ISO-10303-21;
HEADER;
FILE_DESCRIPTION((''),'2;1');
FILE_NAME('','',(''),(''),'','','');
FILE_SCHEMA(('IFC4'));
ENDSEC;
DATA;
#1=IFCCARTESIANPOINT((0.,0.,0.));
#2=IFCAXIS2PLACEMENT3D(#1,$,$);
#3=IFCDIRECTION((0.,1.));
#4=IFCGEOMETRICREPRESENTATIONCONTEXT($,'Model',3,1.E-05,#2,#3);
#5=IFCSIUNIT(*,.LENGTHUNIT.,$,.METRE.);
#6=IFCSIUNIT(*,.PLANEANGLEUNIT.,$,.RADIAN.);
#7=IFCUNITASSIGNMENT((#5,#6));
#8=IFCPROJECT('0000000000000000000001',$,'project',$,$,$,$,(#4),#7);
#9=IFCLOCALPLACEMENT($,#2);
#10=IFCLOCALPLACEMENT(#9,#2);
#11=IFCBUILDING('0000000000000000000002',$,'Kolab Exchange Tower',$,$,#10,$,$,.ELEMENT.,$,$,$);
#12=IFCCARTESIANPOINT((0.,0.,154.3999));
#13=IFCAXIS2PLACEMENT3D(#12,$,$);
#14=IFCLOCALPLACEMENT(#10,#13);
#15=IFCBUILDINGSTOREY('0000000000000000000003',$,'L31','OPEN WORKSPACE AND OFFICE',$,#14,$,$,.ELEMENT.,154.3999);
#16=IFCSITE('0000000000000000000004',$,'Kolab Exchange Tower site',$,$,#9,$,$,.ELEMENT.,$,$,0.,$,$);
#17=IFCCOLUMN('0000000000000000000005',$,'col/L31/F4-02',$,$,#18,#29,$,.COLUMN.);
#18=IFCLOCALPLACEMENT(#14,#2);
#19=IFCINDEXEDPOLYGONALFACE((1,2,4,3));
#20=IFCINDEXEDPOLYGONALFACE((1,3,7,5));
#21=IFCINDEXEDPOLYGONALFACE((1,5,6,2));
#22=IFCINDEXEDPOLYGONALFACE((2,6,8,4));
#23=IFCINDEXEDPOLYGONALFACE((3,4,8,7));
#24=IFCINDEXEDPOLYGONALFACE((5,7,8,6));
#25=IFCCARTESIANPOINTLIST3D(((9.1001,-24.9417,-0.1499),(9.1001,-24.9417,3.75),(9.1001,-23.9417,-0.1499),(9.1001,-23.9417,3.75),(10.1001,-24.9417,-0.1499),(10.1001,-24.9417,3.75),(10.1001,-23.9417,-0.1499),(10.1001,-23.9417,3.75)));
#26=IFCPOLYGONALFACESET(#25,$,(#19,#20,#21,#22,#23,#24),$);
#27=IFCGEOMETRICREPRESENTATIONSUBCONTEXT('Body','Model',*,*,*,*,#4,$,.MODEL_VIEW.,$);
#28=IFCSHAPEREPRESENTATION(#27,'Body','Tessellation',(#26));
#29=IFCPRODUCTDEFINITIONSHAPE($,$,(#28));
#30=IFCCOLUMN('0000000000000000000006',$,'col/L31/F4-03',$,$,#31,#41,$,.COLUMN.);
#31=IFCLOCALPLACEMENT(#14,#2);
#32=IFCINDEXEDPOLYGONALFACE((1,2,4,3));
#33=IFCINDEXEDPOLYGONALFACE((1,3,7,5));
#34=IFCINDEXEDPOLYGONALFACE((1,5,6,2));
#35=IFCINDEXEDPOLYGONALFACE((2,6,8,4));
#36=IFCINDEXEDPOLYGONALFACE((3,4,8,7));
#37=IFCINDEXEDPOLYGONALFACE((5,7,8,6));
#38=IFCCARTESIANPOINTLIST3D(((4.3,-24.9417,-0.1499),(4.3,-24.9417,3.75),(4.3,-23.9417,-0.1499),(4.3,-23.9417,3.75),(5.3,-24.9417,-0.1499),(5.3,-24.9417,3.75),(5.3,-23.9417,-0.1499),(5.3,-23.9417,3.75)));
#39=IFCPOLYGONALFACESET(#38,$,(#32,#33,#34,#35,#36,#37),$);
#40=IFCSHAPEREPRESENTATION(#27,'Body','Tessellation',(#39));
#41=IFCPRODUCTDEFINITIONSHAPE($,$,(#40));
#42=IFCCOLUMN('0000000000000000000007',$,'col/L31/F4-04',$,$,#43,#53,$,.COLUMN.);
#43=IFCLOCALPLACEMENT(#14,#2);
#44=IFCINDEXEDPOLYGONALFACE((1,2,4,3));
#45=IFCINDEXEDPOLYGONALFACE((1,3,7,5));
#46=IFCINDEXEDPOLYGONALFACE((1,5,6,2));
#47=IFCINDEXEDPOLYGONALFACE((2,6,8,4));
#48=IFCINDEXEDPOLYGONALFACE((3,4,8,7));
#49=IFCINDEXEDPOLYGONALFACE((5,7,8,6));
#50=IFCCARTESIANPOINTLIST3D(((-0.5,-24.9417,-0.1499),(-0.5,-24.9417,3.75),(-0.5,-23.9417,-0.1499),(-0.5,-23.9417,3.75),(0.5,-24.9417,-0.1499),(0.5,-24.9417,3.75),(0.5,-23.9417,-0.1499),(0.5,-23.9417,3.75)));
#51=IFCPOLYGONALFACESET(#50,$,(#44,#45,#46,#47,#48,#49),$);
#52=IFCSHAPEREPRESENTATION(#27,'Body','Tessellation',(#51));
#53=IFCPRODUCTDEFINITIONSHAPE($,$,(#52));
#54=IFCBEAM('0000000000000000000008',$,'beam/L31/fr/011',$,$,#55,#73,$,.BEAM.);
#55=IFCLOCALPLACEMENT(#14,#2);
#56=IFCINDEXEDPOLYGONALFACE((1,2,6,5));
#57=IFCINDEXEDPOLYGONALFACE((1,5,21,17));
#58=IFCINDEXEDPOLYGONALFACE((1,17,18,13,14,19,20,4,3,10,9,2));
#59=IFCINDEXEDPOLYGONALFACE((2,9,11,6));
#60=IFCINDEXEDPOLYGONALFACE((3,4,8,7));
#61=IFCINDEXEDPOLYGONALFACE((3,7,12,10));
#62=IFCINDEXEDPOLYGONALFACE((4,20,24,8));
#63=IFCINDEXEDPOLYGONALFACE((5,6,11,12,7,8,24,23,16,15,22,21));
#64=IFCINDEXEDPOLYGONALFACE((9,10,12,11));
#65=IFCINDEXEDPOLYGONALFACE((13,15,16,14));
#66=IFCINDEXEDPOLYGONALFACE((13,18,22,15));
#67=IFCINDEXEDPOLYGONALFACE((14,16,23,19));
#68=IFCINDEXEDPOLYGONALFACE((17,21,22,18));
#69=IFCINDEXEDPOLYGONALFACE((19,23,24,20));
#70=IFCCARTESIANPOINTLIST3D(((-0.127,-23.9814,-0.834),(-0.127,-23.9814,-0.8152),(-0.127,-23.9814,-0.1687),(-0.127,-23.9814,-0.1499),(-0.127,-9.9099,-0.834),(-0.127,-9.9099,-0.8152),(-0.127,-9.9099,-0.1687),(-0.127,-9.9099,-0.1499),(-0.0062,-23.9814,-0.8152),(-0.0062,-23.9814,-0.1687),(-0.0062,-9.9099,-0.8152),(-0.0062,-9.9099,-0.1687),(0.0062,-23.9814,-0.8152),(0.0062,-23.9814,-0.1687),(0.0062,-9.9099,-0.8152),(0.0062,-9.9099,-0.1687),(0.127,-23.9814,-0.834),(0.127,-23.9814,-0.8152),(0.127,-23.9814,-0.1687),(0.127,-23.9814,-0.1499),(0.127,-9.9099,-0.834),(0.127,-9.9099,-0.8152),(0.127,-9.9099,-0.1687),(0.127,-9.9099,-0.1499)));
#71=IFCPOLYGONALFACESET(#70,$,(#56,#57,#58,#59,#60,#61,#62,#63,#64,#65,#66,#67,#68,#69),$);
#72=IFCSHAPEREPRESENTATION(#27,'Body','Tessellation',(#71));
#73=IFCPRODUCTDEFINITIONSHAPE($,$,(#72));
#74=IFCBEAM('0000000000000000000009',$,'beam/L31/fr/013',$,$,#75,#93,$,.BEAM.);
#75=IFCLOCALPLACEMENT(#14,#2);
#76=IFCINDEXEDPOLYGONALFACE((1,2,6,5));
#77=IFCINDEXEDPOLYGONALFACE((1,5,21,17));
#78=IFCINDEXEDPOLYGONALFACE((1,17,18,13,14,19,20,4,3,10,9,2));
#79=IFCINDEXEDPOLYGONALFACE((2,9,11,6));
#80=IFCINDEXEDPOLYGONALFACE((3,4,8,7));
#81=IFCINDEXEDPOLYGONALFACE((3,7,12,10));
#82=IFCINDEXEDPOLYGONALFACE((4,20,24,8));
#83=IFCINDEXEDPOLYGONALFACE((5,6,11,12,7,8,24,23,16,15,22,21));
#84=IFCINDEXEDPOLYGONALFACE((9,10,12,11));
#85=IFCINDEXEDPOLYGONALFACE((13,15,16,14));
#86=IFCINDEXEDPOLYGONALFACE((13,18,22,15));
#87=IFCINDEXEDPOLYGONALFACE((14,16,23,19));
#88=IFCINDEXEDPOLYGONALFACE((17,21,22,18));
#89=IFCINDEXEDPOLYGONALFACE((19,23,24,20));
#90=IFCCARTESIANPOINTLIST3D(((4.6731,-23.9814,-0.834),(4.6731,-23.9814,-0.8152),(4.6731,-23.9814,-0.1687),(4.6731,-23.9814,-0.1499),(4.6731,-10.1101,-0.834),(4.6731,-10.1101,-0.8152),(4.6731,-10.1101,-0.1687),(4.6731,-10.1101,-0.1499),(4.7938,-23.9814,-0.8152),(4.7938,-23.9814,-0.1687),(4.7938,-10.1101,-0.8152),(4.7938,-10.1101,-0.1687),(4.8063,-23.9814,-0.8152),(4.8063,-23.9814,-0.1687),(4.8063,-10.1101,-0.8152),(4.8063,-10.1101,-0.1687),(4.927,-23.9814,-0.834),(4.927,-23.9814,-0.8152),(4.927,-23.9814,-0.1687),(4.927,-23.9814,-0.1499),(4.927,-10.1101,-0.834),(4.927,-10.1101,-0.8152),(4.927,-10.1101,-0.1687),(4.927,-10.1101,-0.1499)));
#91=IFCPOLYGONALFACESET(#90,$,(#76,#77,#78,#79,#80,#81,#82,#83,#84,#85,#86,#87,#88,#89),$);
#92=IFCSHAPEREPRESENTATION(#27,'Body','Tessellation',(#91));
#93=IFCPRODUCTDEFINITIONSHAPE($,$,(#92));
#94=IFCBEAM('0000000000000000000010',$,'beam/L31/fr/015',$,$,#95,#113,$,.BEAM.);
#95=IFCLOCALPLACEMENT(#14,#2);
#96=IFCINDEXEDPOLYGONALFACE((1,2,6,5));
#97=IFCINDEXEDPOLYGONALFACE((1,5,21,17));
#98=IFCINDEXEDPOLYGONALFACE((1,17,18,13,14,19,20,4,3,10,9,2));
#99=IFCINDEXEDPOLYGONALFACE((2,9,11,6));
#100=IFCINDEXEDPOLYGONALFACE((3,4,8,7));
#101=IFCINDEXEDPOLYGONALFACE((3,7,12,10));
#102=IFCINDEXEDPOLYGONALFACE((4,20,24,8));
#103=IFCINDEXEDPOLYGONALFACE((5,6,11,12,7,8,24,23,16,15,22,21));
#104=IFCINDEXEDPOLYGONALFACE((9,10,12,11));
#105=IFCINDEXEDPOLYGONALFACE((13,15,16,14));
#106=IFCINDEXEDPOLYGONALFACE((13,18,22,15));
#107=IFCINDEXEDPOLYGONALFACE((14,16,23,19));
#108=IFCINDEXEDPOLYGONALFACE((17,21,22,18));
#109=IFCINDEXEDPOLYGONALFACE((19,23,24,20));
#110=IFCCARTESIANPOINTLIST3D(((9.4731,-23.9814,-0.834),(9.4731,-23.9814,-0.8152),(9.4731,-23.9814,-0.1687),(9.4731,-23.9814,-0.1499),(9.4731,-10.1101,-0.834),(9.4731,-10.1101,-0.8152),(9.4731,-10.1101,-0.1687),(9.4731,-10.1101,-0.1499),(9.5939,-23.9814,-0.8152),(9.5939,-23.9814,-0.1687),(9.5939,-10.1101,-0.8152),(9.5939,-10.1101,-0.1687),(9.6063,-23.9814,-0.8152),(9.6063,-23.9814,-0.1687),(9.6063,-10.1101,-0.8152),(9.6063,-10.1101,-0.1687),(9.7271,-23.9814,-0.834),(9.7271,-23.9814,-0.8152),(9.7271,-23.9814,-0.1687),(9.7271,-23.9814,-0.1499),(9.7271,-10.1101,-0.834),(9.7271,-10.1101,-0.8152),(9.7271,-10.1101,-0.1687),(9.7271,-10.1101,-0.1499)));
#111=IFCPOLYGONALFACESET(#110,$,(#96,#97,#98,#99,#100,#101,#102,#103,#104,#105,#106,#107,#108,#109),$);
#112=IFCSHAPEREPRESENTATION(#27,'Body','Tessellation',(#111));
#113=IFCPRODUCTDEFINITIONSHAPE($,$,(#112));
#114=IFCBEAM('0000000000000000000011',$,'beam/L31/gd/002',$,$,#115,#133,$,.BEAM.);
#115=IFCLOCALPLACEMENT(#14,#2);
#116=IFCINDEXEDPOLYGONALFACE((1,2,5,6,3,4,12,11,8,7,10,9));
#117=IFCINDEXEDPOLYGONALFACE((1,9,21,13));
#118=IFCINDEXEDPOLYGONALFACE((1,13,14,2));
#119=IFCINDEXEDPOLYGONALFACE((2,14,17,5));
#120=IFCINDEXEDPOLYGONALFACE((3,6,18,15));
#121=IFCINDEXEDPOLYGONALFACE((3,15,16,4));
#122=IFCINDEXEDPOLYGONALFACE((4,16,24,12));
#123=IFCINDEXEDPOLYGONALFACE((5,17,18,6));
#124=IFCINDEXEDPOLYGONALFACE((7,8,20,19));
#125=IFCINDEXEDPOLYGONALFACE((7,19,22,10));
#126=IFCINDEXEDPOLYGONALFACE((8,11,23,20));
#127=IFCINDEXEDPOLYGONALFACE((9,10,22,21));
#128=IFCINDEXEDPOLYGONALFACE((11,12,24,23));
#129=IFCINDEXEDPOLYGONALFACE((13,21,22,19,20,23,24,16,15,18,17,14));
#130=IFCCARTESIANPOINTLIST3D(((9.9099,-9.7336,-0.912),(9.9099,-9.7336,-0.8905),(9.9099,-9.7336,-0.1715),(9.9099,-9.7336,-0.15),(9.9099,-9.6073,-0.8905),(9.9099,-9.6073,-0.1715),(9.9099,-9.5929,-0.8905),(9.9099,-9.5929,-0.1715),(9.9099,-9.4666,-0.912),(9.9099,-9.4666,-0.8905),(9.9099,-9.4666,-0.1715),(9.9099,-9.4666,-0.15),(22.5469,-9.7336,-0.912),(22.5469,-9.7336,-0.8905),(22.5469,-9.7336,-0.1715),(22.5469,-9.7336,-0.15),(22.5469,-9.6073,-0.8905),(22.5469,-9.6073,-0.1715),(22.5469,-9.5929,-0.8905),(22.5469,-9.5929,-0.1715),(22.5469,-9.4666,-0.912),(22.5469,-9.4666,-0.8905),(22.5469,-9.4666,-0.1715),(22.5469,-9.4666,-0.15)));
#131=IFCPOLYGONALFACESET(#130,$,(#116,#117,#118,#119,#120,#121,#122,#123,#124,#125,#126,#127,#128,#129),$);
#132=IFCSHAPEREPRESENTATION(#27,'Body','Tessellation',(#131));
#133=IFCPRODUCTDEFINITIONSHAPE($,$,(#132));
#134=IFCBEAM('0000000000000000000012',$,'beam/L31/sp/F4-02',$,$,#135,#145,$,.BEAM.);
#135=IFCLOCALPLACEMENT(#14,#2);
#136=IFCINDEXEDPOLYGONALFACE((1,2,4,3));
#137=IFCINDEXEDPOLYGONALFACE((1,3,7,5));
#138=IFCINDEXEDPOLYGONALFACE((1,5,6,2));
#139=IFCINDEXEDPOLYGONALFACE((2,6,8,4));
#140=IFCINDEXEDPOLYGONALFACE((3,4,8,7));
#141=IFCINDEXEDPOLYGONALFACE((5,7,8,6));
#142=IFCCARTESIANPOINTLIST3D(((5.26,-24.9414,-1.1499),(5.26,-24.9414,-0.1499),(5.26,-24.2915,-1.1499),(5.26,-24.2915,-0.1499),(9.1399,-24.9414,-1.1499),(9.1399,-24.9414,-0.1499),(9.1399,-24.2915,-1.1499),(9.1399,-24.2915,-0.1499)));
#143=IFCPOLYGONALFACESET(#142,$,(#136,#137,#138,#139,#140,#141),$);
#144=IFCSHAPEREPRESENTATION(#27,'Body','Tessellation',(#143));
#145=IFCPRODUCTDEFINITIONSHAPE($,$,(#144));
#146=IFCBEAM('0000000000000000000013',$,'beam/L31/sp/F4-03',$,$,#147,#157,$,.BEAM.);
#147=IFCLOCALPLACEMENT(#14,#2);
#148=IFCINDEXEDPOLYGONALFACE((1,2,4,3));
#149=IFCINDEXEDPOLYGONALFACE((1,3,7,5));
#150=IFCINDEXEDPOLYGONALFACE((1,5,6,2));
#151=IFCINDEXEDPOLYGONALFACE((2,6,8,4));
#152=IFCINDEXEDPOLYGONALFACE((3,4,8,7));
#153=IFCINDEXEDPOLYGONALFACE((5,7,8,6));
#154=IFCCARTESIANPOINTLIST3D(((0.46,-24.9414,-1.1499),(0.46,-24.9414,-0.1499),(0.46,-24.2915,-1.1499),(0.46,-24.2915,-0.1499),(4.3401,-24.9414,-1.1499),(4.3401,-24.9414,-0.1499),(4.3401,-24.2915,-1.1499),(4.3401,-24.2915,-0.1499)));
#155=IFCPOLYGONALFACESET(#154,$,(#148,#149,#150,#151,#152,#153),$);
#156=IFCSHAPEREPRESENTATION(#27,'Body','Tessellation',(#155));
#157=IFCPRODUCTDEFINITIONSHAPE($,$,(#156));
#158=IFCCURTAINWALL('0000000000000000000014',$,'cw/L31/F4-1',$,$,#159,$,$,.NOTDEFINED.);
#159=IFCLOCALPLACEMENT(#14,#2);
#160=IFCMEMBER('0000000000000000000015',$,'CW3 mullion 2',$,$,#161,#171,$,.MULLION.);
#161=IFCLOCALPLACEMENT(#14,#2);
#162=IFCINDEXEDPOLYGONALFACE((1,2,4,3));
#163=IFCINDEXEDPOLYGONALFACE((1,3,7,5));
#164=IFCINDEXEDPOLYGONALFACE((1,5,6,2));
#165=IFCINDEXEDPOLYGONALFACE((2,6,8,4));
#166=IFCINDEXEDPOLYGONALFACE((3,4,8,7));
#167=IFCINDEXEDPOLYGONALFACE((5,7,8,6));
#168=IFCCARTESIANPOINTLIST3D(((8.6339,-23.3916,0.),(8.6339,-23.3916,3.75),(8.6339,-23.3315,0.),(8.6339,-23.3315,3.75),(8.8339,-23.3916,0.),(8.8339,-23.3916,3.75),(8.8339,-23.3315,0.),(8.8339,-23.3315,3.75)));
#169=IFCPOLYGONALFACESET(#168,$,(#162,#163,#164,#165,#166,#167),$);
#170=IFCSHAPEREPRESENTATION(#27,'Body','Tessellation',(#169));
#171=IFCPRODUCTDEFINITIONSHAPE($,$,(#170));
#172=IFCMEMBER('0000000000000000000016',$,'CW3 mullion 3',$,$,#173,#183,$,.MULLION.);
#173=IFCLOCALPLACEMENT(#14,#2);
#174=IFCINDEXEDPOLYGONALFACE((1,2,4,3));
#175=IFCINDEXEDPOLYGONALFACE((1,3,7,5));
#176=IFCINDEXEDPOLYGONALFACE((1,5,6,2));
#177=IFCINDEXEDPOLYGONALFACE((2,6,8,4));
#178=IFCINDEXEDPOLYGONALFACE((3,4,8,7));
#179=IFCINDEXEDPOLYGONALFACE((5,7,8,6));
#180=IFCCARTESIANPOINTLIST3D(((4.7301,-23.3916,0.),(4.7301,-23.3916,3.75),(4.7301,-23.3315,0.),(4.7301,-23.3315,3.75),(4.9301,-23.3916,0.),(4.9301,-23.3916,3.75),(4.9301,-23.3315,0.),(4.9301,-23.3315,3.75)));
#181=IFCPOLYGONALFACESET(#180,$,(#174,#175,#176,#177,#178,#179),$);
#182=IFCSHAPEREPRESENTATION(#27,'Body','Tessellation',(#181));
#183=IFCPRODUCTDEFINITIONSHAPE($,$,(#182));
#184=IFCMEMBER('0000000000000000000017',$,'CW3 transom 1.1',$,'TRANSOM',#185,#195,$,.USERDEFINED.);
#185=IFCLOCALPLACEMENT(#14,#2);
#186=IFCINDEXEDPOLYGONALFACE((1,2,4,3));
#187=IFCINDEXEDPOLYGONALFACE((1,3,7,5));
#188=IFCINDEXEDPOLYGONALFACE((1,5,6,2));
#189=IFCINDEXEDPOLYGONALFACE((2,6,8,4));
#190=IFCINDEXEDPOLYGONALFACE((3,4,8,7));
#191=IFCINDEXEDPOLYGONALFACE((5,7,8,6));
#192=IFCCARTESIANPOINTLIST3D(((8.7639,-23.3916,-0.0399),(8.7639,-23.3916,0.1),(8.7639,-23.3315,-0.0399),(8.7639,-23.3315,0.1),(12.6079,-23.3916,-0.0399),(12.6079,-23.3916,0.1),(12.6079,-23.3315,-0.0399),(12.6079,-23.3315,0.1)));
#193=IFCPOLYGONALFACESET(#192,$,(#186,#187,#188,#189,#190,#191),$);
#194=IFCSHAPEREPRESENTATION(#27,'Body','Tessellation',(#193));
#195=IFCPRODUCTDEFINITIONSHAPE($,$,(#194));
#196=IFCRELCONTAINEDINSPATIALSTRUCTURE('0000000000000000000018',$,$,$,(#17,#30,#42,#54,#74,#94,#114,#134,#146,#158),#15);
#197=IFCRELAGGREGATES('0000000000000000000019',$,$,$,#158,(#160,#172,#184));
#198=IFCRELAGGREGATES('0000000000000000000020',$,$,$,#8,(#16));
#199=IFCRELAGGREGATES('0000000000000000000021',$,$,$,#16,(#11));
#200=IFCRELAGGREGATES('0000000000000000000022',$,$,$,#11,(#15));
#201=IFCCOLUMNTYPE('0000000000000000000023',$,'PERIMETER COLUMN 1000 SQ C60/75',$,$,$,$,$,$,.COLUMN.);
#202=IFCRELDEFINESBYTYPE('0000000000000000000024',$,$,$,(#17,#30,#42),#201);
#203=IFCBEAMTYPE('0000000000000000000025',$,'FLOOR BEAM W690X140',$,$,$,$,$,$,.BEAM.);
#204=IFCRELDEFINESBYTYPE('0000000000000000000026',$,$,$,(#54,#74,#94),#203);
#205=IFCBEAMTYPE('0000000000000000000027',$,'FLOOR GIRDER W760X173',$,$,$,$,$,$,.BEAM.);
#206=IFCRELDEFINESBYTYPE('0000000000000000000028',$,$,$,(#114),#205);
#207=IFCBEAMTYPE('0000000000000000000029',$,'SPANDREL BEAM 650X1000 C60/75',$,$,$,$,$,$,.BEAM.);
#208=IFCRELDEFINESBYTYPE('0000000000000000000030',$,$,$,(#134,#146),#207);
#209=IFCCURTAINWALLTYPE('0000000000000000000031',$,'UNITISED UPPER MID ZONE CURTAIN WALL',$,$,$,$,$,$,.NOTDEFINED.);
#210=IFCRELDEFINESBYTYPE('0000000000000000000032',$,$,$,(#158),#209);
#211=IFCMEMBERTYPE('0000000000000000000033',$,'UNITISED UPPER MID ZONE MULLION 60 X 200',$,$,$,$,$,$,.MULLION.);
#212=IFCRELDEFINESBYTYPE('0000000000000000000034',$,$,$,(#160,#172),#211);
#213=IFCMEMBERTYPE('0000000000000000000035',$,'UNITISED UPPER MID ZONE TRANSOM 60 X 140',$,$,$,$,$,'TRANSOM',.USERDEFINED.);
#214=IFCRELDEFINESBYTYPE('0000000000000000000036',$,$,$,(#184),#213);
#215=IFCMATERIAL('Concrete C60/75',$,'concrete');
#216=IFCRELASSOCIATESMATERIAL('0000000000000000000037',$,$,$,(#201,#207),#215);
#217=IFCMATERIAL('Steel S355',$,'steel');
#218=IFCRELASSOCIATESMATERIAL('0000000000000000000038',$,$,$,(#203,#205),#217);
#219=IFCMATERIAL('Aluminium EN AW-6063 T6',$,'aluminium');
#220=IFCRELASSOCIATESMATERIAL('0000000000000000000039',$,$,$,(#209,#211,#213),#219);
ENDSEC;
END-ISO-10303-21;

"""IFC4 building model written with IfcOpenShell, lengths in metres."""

from ifc_helpers import new_model, si_unit, direction, frame, origin, origin_2d, place, context, subcontext, project, spatial, rectangle, i_section, extrude, material, material_profile, profile_set, type_object, element, aggregate, save


model = new_model("IFC4")

# Units and contexts
model_context = context("Model", 3, precision=1e-05, world=origin(), true_north=direction((0.0, 1.0)))
body_context = subcontext(model_context, "Body", "Model", "MODEL_VIEW")
ifc_project = project(units=[si_unit("LENGTHUNIT", "METRE"), si_unit("PLANEANGLEUNIT", "RADIAN")], contexts=[model_context])

# Site, building, storey
site_placement = place(None, origin())
site = spatial("IfcSite", under=ifc_project, at=site_placement, Name="Kolab Exchange Tower site", CompositionType="ELEMENT", RefElevation=0.0)
building_placement = place(site_placement, origin())
building = spatial("IfcBuilding", under=site, at=building_placement, Name="Kolab Exchange Tower", CompositionType="ELEMENT")
storey_placement = place(building_placement, frame((0.0, 0.0, 154.3999)))
storey = spatial("IfcBuildingStorey", under=building, at=storey_placement, Name="L31", Description="OPEN WORKSPACE AND OFFICE", CompositionType="ELEMENT", Elevation=154.3999)

# Columns
ifc_material_1 = material(Name="Concrete C60/75", Category="concrete")
ifc_material_profile_1 = material_profile(ifc_material_1, rectangle(XDim=1.0, YDim=1.0, at=origin_2d()), Name="RC1000")
ifc_profile_set_1 = profile_set([ifc_material_profile_1], Name="Concrete C60/75")
column_type = type_object("IfcColumnType", Name="PERIMETER COLUMN 1000 SQ C60/75", PredefinedType="COLUMN", material=ifc_profile_set_1)
for number, where, z_axis, x_axis, name in (
    (1, (9.6001, -24.4417, -0.1499), (0.0, 0.0, 1.0), (1.0, 0.0, 0.0), "col/L31/F4-02"),
    (2, (4.8, -24.4417, -0.1499), (0.0, 0.0, 1.0), (1.0, 0.0, 0.0), "col/L31/F4-03"),
    (3, (0.0, -24.4417, -0.1499), (0.0, 0.0, 1.0), (1.0, 0.0, 0.0), "col/L31/F4-04"),
):
    element("IfcColumn", number, at=place(storey_placement, frame(where, z_axis=z_axis, x_axis=x_axis)), inside=storey, type_object=column_type, Name=name, PredefinedType="COLUMN", context=body_context, shape_type="SweptSolid", body=[
        extrude(rectangle(XDim=1.0, YDim=1.0, at=origin_2d()), origin(), (0.0, 0.0, 1.0), 3.8999),
    ])

# Beams
ifc_material_2 = material(Name="Steel S355", Category="steel")
ifc_material_profile_2 = material_profile(ifc_material_2, i_section(OverallWidth=0.2539, OverallDepth=0.6841, WebThickness=0.0125, FlangeThickness=0.0188, at=origin_2d()), Name="W690X140")
ifc_profile_set_2 = profile_set([ifc_material_profile_2], Name="Steel S355")
beam_type_1 = type_object("IfcBeamType", Name="FLOOR BEAM W690X140", PredefinedType="BEAM", material=ifc_profile_set_2)
beam_1_placement = place(storey_placement, frame((0.0, -23.9814, -0.4919), z_axis=(0.0, 1.0, 0.0), x_axis=(-1.0, 0.0, 0.0)))
element("IfcBeam", 4, at=beam_1_placement, inside=storey, type_object=beam_type_1, Name="beam/L31/fr/011", PredefinedType="BEAM", context=body_context, shape_type="SweptSolid", body=[
    extrude(i_section(OverallWidth=0.2539, OverallDepth=0.6841, WebThickness=0.0125, FlangeThickness=0.0188, at=origin_2d()), origin(), (0.0, 0.0, 1.0), 14.0715),
])
for number, where, z_axis, x_axis, name in (
    (5, (4.8, -23.9814, -0.4919), (0.0, 1.0, 0.0), (-1.0, 0.0, 0.0), "beam/L31/fr/013"),
    (6, (9.6001, -23.9814, -0.4919), (0.0, 1.0, 0.0), (-1.0, 0.0, 0.0), "beam/L31/fr/015"),
):
    element("IfcBeam", number, at=place(storey_placement, frame(where, z_axis=z_axis, x_axis=x_axis)), inside=storey, type_object=beam_type_1, Name=name, PredefinedType="BEAM", context=body_context, shape_type="SweptSolid", body=[
        extrude(i_section(OverallWidth=0.2539, OverallDepth=0.6841, WebThickness=0.0125, FlangeThickness=0.0188, at=origin_2d()), origin(), (0.0, 0.0, 1.0), 13.8713),
    ])
ifc_material_profile_3 = material_profile(ifc_material_2, i_section(OverallWidth=0.2671, OverallDepth=0.762, WebThickness=0.0144, FlangeThickness=0.0215, at=origin_2d()), Name="W760X173")
ifc_profile_set_3 = profile_set([ifc_material_profile_3], Name="Steel S355")
beam_type_2 = type_object("IfcBeamType", Name="FLOOR GIRDER W760X173", PredefinedType="BEAM", material=ifc_profile_set_3)
beam_2_placement = place(storey_placement, frame((9.9099, -9.6001, -0.531), z_axis=(1.0, 0.0, 0.0), x_axis=(0.0, 1.0, 0.0)))
element("IfcBeam", 7, at=beam_2_placement, inside=storey, type_object=beam_type_2, Name="beam/L31/gd/002", PredefinedType="BEAM", context=body_context, shape_type="SweptSolid", body=[
    extrude(i_section(OverallWidth=0.2671, OverallDepth=0.762, WebThickness=0.0144, FlangeThickness=0.0215, at=origin_2d()), origin(), (0.0, 0.0, 1.0), 12.637),
])
ifc_material_profile_4 = material_profile(ifc_material_1, rectangle(XDim=0.6499, YDim=1.0, at=origin_2d()), Name="RC650X1000")
ifc_profile_set_4 = profile_set([ifc_material_profile_4], Name="Concrete C60/75")
beam_type_3 = type_object("IfcBeamType", Name="SPANDREL BEAM 650X1000 C60/75", PredefinedType="BEAM", material=ifc_profile_set_4)
beam_3_placement = place(storey_placement, frame((9.1399, -24.6165, -0.6499), z_axis=(-1.0, 0.0, 0.0), x_axis=(0.0, -1.0, 0.0)))
element("IfcBeam", 8, at=beam_3_placement, inside=storey, type_object=beam_type_3, Name="beam/L31/sp/F4-02", PredefinedType="BEAM", context=body_context, shape_type="SweptSolid", body=[
    extrude(rectangle(XDim=0.6499, YDim=1.0, at=origin_2d()), origin(), (0.0, 0.0, 1.0), 3.8799),
])
beam_4_placement = place(storey_placement, frame((4.3401, -24.6165, -0.6499), z_axis=(-1.0, 0.0, 0.0), x_axis=(0.0, -1.0, 0.0)))
element("IfcBeam", 9, at=beam_4_placement, inside=storey, type_object=beam_type_3, Name="beam/L31/sp/F4-03", PredefinedType="BEAM", context=body_context, shape_type="SweptSolid", body=[
    extrude(rectangle(XDim=0.6499, YDim=1.0, at=origin_2d()), origin(), (0.0, 0.0, 1.0), 3.8801),
])

# Curtain wall, members
ifc_material_3 = material(Name="Aluminium EN AW-6063 T6", Category="aluminium")
curtain_wall_type = type_object("IfcCurtainWallType", Name="UNITISED UPPER MID ZONE CURTAIN WALL", PredefinedType="NOTDEFINED", material=ifc_material_3)
curtain_wall_placement = place(storey_placement, origin())
curtain_wall = element("IfcCurtainWall", 10, at=curtain_wall_placement, inside=storey, type_object=curtain_wall_type, Name="cw/L31/F4-1", PredefinedType="NOTDEFINED")
ifc_material_profile_5 = material_profile(ifc_material_3, rectangle(XDim=0.0601, YDim=0.2, at=origin_2d()), Name="RECT 60X200")
ifc_profile_set_5 = profile_set([ifc_material_profile_5], Name="Aluminium EN AW-6063 T6")
member_type_1 = type_object("IfcMemberType", Name="UNITISED UPPER MID ZONE MULLION 60 X 200", PredefinedType="MULLION", material=ifc_profile_set_5)
member_1_placement = place(storey_placement, frame((8.7339, -23.3616, 0.0), z_axis=(0.0, 0.0, 1.0), x_axis=(0.0, -1.0, 0.0)))
member_1 = element("IfcMember", 11, at=member_1_placement, type_object=member_type_1, Name="CW3 mullion 2", PredefinedType="MULLION", context=body_context, shape_type="SweptSolid", body=[
    extrude(rectangle(XDim=0.0601, YDim=0.2, at=origin_2d()), origin(), (0.0, 0.0, 1.0), 3.75),
])
member_2_placement = place(storey_placement, frame((4.8301, -23.3616, 0.0), z_axis=(0.0, 0.0, 1.0), x_axis=(0.0, -1.0, 0.0)))
member_2 = element("IfcMember", 12, at=member_2_placement, type_object=member_type_1, Name="CW3 mullion 3", PredefinedType="MULLION", context=body_context, shape_type="SweptSolid", body=[
    extrude(rectangle(XDim=0.0601, YDim=0.2, at=origin_2d()), origin(), (0.0, 0.0, 1.0), 3.75),
])
ifc_material_profile_6 = material_profile(ifc_material_3, rectangle(XDim=0.0601, YDim=0.1399, at=origin_2d()), Name="RECT 60X140")
ifc_profile_set_6 = profile_set([ifc_material_profile_6], Name="Aluminium EN AW-6063 T6")
member_type_2 = type_object("IfcMemberType", Name="UNITISED UPPER MID ZONE TRANSOM 60 X 140", ElementType="TRANSOM", PredefinedType="USERDEFINED", material=ifc_profile_set_6)
member_3_placement = place(storey_placement, frame((12.6079, -23.3616, 0.03), z_axis=(-1.0, 0.0, 0.0), x_axis=(0.0, -1.0, 0.0)))
member_3 = element("IfcMember", 13, at=member_3_placement, type_object=member_type_2, Name="CW3 transom 1.1", ObjectType="TRANSOM", PredefinedType="USERDEFINED", context=body_context, shape_type="SweptSolid", body=[
    extrude(rectangle(XDim=0.0601, YDim=0.1399, at=origin_2d()), origin(), (0.0, 0.0, 1.0), 3.844),
])
aggregate(curtain_wall, [member_1, member_2, member_3])

save(model, "model.ifc")
